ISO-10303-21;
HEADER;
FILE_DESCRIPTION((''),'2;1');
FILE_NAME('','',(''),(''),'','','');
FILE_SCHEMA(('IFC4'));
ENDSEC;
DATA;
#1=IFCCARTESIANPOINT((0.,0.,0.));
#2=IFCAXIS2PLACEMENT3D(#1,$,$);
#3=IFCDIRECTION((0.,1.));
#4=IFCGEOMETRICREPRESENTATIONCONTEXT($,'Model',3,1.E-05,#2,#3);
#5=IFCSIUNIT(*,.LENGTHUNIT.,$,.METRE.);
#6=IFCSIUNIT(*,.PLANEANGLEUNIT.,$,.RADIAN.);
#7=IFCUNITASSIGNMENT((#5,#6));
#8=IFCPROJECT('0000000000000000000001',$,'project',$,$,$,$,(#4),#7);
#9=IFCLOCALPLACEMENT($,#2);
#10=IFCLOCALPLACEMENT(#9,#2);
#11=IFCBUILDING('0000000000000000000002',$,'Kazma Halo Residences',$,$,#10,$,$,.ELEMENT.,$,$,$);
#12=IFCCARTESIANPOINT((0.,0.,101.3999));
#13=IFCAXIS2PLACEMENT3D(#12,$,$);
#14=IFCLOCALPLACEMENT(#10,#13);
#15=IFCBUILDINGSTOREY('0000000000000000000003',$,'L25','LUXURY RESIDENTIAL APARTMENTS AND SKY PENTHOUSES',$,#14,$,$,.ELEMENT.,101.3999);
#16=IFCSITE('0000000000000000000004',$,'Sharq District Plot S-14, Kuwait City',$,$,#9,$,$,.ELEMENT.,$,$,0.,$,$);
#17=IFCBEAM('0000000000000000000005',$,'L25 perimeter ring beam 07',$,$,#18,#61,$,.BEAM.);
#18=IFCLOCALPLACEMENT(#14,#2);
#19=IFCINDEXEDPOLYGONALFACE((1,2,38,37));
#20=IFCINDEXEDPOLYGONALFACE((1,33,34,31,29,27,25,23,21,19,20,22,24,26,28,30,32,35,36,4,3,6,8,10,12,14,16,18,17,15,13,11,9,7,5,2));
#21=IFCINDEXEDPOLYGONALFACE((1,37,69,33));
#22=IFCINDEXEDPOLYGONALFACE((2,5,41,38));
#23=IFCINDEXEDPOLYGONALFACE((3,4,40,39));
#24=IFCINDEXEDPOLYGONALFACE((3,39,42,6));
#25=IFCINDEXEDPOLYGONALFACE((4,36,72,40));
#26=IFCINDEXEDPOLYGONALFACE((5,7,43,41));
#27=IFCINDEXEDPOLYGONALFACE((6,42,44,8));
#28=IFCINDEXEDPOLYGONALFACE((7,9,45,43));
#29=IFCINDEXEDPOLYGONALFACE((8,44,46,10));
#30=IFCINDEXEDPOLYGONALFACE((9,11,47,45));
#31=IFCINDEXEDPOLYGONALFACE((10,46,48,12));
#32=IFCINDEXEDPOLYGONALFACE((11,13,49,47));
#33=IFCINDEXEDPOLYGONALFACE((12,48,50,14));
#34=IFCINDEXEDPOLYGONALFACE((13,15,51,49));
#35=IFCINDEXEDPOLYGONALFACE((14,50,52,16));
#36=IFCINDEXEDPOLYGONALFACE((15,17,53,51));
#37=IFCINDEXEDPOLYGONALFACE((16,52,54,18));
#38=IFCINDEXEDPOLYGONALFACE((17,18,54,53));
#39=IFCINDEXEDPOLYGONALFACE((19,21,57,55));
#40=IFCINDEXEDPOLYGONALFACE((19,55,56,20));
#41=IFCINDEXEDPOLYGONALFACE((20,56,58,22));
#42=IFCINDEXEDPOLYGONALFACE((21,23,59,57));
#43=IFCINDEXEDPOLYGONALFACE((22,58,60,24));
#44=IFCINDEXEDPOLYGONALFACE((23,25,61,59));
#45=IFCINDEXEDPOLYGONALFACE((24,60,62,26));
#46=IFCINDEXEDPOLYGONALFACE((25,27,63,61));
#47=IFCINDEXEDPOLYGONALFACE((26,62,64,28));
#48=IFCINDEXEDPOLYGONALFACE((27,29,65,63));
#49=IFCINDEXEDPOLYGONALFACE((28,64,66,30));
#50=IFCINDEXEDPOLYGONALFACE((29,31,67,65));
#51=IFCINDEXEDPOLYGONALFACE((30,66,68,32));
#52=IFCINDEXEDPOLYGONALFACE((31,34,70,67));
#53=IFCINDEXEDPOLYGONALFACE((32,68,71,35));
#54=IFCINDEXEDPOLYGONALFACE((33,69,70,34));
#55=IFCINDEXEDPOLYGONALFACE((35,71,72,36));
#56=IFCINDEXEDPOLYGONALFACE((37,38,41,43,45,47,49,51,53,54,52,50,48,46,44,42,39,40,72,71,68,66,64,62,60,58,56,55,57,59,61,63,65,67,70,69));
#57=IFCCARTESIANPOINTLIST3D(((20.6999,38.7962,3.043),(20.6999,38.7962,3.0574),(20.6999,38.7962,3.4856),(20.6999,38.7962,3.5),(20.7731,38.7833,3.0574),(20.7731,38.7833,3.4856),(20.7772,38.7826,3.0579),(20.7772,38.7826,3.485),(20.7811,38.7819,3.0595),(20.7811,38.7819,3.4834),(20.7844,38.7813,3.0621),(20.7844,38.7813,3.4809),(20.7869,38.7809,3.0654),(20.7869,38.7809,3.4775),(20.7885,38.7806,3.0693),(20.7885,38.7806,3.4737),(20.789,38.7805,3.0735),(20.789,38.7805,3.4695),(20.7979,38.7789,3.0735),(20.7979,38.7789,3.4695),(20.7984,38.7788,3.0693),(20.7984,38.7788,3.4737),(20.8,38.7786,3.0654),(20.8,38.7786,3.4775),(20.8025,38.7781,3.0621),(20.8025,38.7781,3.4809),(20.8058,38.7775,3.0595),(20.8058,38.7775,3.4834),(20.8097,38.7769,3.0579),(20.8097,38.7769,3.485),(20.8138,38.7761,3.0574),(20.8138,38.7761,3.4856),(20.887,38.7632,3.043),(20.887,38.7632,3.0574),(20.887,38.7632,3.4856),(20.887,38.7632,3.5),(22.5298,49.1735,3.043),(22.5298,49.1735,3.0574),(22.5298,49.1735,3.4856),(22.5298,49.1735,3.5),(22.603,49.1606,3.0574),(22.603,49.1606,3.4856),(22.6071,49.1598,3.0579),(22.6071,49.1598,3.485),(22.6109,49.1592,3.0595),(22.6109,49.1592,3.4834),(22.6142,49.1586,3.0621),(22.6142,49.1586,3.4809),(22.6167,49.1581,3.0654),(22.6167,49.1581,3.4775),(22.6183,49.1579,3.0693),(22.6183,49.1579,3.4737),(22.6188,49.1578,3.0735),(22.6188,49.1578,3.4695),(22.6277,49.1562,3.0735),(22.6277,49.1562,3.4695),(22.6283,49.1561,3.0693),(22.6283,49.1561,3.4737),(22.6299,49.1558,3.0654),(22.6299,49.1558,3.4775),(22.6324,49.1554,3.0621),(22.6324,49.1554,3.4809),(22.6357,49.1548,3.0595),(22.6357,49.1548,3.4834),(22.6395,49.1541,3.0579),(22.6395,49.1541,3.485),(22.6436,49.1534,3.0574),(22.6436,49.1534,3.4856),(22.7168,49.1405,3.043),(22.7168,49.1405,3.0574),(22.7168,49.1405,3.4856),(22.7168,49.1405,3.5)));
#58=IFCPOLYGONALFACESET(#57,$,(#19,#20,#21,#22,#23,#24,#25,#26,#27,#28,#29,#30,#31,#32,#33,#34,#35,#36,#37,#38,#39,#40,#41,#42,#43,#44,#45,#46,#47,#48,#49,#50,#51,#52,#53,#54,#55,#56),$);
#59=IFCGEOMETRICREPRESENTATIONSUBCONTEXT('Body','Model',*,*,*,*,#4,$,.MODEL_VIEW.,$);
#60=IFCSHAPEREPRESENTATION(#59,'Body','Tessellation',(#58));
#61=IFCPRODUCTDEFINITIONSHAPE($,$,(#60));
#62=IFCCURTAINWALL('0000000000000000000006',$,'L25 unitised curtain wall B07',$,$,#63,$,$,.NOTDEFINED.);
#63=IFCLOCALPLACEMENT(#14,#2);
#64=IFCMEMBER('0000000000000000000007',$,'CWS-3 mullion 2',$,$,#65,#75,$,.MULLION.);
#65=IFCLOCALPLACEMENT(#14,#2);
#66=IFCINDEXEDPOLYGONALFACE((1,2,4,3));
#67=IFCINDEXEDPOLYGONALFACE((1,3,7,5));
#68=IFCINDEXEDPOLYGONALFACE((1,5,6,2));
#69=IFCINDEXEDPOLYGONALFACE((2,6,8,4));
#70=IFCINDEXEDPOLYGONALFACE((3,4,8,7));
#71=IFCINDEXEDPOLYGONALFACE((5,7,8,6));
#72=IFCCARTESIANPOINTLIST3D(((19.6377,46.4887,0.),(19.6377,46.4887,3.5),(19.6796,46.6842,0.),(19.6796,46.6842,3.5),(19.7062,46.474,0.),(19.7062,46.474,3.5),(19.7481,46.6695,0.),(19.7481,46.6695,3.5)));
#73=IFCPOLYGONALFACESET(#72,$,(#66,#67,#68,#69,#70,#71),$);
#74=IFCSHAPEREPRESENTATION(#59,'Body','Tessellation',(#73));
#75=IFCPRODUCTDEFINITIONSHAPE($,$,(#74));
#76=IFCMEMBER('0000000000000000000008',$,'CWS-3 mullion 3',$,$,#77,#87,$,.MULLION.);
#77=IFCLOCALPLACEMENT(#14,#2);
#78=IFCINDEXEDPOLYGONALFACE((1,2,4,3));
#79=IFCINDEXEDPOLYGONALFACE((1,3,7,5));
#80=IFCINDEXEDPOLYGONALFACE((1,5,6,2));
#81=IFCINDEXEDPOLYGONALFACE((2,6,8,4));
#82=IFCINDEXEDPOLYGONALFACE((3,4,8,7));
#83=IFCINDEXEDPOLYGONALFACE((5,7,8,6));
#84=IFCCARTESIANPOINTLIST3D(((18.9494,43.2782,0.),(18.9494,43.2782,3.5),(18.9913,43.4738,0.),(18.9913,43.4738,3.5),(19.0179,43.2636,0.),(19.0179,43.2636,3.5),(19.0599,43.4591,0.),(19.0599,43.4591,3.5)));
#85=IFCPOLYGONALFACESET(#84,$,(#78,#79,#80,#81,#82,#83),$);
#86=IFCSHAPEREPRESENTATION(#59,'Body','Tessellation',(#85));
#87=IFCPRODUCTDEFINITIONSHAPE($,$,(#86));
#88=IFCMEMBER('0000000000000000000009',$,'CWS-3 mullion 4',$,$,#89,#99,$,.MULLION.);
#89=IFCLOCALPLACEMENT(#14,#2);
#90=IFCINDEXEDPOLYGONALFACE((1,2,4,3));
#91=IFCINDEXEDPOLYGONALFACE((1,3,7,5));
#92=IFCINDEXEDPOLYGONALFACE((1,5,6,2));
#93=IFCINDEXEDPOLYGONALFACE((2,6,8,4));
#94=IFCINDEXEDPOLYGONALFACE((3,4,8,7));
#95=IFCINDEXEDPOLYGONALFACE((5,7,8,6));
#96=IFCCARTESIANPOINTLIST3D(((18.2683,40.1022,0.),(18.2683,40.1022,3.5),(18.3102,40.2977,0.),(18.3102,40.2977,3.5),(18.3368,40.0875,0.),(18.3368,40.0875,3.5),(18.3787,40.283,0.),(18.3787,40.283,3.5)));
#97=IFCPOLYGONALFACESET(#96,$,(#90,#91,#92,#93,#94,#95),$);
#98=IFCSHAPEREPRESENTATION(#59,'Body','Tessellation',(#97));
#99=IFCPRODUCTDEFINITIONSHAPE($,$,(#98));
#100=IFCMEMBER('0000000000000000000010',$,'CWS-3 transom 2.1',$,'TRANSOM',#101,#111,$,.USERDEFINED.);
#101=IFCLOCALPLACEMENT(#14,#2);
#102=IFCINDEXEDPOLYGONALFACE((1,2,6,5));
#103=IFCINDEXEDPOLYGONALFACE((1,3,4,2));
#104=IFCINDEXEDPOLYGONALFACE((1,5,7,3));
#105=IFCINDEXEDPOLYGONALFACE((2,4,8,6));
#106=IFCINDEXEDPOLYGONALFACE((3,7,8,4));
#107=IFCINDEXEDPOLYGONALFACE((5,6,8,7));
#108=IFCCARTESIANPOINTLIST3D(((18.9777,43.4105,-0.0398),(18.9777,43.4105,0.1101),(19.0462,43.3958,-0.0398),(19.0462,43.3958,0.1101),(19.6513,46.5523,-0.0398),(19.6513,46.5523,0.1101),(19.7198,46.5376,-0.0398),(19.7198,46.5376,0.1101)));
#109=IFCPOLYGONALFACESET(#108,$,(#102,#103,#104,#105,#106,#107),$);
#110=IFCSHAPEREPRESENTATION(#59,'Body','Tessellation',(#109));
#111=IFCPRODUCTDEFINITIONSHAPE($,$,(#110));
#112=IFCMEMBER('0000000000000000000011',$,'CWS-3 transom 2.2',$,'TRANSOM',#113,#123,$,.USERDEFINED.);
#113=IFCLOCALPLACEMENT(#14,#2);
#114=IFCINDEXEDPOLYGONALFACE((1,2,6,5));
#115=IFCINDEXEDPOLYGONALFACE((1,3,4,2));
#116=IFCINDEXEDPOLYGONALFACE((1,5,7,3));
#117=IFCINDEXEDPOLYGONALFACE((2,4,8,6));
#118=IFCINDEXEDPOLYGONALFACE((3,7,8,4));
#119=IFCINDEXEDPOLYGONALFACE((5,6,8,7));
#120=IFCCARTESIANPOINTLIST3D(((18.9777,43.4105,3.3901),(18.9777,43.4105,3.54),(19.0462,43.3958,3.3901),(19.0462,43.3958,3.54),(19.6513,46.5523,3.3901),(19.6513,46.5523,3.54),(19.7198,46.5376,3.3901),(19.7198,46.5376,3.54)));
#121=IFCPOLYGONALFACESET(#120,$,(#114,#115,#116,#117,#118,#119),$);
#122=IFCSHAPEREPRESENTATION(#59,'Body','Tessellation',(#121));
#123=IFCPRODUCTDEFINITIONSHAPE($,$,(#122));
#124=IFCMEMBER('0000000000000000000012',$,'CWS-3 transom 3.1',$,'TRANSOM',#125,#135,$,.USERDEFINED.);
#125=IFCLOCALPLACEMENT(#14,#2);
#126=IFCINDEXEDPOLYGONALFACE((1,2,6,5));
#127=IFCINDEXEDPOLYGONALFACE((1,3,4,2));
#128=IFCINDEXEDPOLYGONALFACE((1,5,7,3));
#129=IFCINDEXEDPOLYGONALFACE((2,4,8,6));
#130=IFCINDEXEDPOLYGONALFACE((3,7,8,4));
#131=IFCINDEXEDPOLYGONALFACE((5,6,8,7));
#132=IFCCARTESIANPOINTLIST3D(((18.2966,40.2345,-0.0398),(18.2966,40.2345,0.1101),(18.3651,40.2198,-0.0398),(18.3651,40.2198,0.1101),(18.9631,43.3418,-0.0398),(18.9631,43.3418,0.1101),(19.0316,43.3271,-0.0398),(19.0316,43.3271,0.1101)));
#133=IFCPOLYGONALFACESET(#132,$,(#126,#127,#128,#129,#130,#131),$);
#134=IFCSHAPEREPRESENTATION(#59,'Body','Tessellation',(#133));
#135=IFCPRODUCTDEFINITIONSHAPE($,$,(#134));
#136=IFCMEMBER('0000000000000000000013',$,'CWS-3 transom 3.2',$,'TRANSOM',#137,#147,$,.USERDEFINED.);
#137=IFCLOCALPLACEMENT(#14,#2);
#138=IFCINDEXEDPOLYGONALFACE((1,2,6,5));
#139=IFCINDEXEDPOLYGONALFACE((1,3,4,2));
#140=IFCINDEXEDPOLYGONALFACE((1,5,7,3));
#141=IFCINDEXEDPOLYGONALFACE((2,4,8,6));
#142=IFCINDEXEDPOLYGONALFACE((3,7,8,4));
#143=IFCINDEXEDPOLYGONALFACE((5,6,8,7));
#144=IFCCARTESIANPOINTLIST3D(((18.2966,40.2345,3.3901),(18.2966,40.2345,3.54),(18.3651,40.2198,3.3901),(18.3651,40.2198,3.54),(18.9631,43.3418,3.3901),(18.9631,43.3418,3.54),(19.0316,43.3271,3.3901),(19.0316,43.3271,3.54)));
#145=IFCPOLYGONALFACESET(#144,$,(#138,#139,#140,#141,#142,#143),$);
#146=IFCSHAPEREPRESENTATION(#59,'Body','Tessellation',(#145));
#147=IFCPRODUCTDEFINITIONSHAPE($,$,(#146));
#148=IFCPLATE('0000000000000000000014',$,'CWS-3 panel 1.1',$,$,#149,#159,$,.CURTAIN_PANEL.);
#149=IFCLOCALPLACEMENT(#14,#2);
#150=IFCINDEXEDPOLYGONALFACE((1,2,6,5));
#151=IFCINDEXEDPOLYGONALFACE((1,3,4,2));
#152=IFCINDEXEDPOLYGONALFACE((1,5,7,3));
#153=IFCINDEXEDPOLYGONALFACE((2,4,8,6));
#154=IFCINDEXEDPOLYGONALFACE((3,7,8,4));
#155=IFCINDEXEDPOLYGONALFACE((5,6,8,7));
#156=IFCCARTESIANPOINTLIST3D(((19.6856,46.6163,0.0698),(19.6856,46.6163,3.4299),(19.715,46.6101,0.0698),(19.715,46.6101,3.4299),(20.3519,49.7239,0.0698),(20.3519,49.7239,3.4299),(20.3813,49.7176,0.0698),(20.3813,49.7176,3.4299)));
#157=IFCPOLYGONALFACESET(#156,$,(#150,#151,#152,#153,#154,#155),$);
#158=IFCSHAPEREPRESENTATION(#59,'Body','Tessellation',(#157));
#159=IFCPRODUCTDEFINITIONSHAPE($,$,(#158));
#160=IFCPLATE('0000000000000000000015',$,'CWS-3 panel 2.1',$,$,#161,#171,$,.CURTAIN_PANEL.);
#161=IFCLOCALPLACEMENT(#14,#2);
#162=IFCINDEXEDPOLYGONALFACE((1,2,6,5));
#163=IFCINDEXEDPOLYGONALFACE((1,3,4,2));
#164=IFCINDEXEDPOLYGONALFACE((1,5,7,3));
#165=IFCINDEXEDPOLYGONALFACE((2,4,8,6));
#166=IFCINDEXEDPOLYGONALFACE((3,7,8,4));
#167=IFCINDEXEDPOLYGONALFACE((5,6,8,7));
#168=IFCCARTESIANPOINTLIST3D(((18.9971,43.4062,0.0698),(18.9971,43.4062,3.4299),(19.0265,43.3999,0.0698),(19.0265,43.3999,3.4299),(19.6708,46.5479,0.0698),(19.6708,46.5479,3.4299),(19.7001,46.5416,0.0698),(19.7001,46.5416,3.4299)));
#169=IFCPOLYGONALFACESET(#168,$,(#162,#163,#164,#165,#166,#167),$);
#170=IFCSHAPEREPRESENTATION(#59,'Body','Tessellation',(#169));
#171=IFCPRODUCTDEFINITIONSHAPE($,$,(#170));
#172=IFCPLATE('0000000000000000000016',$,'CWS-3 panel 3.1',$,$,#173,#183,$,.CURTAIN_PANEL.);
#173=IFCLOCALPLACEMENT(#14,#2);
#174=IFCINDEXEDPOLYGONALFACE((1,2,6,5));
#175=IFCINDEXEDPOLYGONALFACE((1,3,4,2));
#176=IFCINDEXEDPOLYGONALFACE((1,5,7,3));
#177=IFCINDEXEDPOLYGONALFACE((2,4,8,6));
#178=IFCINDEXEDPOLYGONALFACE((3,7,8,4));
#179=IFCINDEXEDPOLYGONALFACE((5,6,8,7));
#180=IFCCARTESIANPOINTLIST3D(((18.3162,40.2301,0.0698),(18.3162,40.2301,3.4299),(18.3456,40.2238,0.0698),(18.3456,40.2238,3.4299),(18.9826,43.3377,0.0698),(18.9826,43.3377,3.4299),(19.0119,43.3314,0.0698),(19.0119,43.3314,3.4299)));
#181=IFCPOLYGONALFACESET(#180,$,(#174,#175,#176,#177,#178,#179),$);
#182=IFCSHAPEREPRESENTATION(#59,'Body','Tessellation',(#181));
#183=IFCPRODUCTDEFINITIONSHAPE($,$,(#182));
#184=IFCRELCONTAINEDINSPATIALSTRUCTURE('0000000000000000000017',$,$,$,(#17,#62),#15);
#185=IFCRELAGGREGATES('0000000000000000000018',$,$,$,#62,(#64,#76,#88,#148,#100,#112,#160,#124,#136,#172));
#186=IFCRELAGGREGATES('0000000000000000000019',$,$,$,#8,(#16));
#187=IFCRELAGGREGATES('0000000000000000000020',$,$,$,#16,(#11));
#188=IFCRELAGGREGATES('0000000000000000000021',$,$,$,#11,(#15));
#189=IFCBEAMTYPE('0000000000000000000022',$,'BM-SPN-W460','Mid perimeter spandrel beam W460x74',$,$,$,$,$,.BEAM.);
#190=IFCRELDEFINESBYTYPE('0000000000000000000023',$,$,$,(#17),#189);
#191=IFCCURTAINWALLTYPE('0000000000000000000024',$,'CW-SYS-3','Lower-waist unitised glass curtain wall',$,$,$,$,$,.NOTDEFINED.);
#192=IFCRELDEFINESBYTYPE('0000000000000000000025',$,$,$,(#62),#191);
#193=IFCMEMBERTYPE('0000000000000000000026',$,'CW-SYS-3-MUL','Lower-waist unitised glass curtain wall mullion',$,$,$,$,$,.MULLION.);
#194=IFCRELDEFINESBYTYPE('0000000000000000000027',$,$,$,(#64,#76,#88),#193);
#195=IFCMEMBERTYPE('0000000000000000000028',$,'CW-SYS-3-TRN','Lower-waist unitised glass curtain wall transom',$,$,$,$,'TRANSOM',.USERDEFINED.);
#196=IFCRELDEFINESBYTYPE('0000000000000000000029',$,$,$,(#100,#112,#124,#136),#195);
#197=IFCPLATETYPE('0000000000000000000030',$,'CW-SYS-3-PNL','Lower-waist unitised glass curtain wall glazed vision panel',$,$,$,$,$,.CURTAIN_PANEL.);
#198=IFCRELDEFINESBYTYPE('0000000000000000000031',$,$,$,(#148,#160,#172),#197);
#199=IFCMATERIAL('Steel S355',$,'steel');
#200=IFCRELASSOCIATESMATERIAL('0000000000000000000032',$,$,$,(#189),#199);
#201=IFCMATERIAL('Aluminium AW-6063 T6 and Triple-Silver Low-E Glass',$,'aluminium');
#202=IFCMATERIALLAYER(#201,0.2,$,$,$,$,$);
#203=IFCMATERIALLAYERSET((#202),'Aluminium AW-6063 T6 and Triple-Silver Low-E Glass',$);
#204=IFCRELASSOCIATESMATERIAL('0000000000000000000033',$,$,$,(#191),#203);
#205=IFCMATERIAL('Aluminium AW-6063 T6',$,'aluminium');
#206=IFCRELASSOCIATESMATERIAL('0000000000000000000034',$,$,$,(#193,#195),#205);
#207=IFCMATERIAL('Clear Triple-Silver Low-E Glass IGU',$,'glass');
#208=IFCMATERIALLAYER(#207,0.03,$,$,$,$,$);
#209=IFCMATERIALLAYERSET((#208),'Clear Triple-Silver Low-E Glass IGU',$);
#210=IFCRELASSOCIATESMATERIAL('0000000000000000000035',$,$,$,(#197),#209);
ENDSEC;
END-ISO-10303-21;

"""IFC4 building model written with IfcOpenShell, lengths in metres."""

from ifc_helpers import new_model, si_unit, direction, frame, origin, origin_2d, place, context, subcontext, project, spatial, rectangle, i_section, extrude, material, layer, layer_set, material_profile, profile_set, type_object, element, aggregate, save


model = new_model("IFC4")

# Units and contexts
model_context = context("Model", 3, precision=1e-05, world=origin(), true_north=direction((0.0, 1.0)))
body_context = subcontext(model_context, "Body", "Model", "MODEL_VIEW")
ifc_project = project(units=[si_unit("LENGTHUNIT", "METRE"), si_unit("PLANEANGLEUNIT", "RADIAN")], contexts=[model_context])

# Site, building, storey
site_placement = place(None, origin())
site = spatial("IfcSite", under=ifc_project, at=site_placement, Name="Sharq District Plot S-14, Kuwait City", CompositionType="ELEMENT", RefElevation=0.0)
building_placement = place(site_placement, origin())
building = spatial("IfcBuilding", under=site, at=building_placement, Name="Kazma Halo Residences", CompositionType="ELEMENT")
storey_placement = place(building_placement, frame((0.0, 0.0, 101.3999)))
storey = spatial("IfcBuildingStorey", under=building, at=storey_placement, Name="L25", Description="LUXURY RESIDENTIAL APARTMENTS AND SKY PENTHOUSES", CompositionType="ELEMENT", Elevation=101.3999)

# Beam
ifc_material_1 = material(Name="Steel S355", Category="steel")
ifc_material_profile_1 = material_profile(ifc_material_1, i_section(OverallWidth=0.1899, OverallDepth=0.457, WebThickness=0.009, FlangeThickness=0.0144, FilletRadius=0.0161, at=origin_2d()), Name="W460x74")
ifc_profile_set_1 = profile_set([ifc_material_profile_1], Name="Steel S355")
beam_type_1 = type_object("IfcBeamType", Name="BM-SPN-W460", Description="Mid perimeter spandrel beam W460x74", PredefinedType="BEAM", material=ifc_profile_set_1)
beam_1_placement = place(storey_placement, frame((22.6233, 49.157, 3.2715), z_axis=(-0.173653, -0.984807, 0.0), x_axis=(0.984807, -0.173653, 0.0)))
element("IfcBeam", 1, at=beam_1_placement, inside=storey, type_object=beam_type_1, Name="L25 perimeter ring beam 07", PredefinedType="BEAM", context=body_context, shape_type="SweptSolid", body=[
    extrude(i_section(OverallWidth=0.1899, OverallDepth=0.457, WebThickness=0.009, FlangeThickness=0.0144, FilletRadius=0.0161, at=origin_2d()), origin(), (0.0, 0.0, 1.0), 10.5374),
])

# Curtain wall, members, plates
ifc_material_2 = material(Name="Aluminium AW-6063 T6 and Triple-Silver Low-E Glass", Category="aluminium")
ifc_layer_1 = layer(ifc_material_2, 0.2)
ifc_layer_set_1 = layer_set([ifc_layer_1], Name="Aluminium AW-6063 T6 and Triple-Silver Low-E Glass")
curtain_wall_type = type_object("IfcCurtainWallType", Name="CW-SYS-3", Description="Lower-waist unitised glass curtain wall", PredefinedType="NOTDEFINED", material=ifc_layer_set_1)
curtain_wall_placement = place(storey_placement, origin())
curtain_wall = element("IfcCurtainWall", 2, at=curtain_wall_placement, inside=storey, type_object=curtain_wall_type, Name="L25 unitised curtain wall B07", PredefinedType="NOTDEFINED")
ifc_material_3 = material(Name="Aluminium AW-6063 T6", Category="aluminium")
ifc_material_profile_2 = material_profile(ifc_material_3, rectangle(XDim=0.0701, YDim=0.2, at=origin_2d()), Name="CWM-70x200")
ifc_profile_set_2 = profile_set([ifc_material_profile_2], Name="Aluminium AW-6063 T6")
member_type_1 = type_object("IfcMemberType", Name="CW-SYS-3-MUL", Description="Lower-waist unitised glass curtain wall mullion", PredefinedType="MULLION", material=ifc_profile_set_2)
member_1_placement = place(storey_placement, frame((19.6929, 46.5791, 0.0), z_axis=(0.0, 0.0, 1.0), x_axis=(0.977774, -0.209661, 0.0)))
member_1 = element("IfcMember", 3, at=member_1_placement, type_object=member_type_1, Name="CWS-3 mullion 2", PredefinedType="MULLION", context=body_context, shape_type="SweptSolid", body=[
    extrude(rectangle(XDim=0.0701, YDim=0.2, at=origin_2d()), origin(), (0.0, 0.0, 1.0), 3.5),
])
member_2_placement = place(storey_placement, frame((19.0046, 43.3687, 0.0), z_axis=(0.0, 0.0, 1.0), x_axis=(0.977774, -0.209661, 0.0)))
member_2 = element("IfcMember", 4, at=member_2_placement, type_object=member_type_1, Name="CWS-3 mullion 3", PredefinedType="MULLION", context=body_context, shape_type="SweptSolid", body=[
    extrude(rectangle(XDim=0.0701, YDim=0.2, at=origin_2d()), origin(), (0.0, 0.0, 1.0), 3.5),
])
member_3_placement = place(storey_placement, frame((18.3235, 40.1926, 0.0), z_axis=(0.0, 0.0, 1.0), x_axis=(0.977774, -0.209661, 0.0)))
member_3 = element("IfcMember", 5, at=member_3_placement, type_object=member_type_1, Name="CWS-3 mullion 4", PredefinedType="MULLION", context=body_context, shape_type="SweptSolid", body=[
    extrude(rectangle(XDim=0.0701, YDim=0.2, at=origin_2d()), origin(), (0.0, 0.0, 1.0), 3.5),
])
ifc_material_profile_3 = material_profile(ifc_material_3, rectangle(XDim=0.0701, YDim=0.1499, at=origin_2d()), Name="CWT-70x150")
ifc_profile_set_3 = profile_set([ifc_material_profile_3], Name="Aluminium AW-6063 T6")
member_type_2 = type_object("IfcMemberType", Name="CW-SYS-3-TRN", Description="Lower-waist unitised glass curtain wall transom", ElementType="TRANSOM", PredefinedType="USERDEFINED", material=ifc_profile_set_3)
member_4_placement = place(storey_placement, frame((19.6855, 46.5449, 0.0352), z_axis=(-0.209628, -0.977781, 0.0), x_axis=(0.977781, -0.209628, 0.0)))
member_4 = element("IfcMember", 6, at=member_4_placement, type_object=member_type_2, Name="CWS-3 transom 2.1", ObjectType="TRANSOM", PredefinedType="USERDEFINED", context=body_context, shape_type="SweptSolid", body=[
    extrude(rectangle(XDim=0.0701, YDim=0.1499, at=origin_2d()), origin(), (0.0, 0.0, 1.0), 3.2131),
])
member_5_placement = place(storey_placement, frame((19.6855, 46.5449, 3.4651), z_axis=(-0.209628, -0.977781, 0.0), x_axis=(0.977781, -0.209628, 0.0)))
member_5 = element("IfcMember", 7, at=member_5_placement, type_object=member_type_2, Name="CWS-3 transom 2.2", ObjectType="TRANSOM", PredefinedType="USERDEFINED", context=body_context, shape_type="SweptSolid", body=[
    extrude(rectangle(XDim=0.0701, YDim=0.1499, at=origin_2d()), origin(), (0.0, 0.0, 1.0), 3.2131),
])
member_6_placement = place(storey_placement, frame((18.9973, 43.3345, 0.0352), z_axis=(-0.209718, -0.977762, 0.0), x_axis=(0.977762, -0.209718, 0.0)))
member_6 = element("IfcMember", 8, at=member_6_placement, type_object=member_type_2, Name="CWS-3 transom 3.1", ObjectType="TRANSOM", PredefinedType="USERDEFINED", context=body_context, shape_type="SweptSolid", body=[
    extrude(rectangle(XDim=0.0701, YDim=0.1499, at=origin_2d()), origin(), (0.0, 0.0, 1.0), 3.178),
])
member_7_placement = place(storey_placement, frame((18.9973, 43.3345, 3.4651), z_axis=(-0.209718, -0.977762, 0.0), x_axis=(0.977762, -0.209718, 0.0)))
member_7 = element("IfcMember", 9, at=member_7_placement, type_object=member_type_2, Name="CWS-3 transom 3.2", ObjectType="TRANSOM", PredefinedType="USERDEFINED", context=body_context, shape_type="SweptSolid", body=[
    extrude(rectangle(XDim=0.0701, YDim=0.1499, at=origin_2d()), origin(), (0.0, 0.0, 1.0), 3.178),
])
ifc_material_4 = material(Name="Clear Triple-Silver Low-E Glass IGU", Category="glass")
ifc_layer_2 = layer(ifc_material_4, 0.03)
ifc_layer_set_2 = layer_set([ifc_layer_2], Name="Clear Triple-Silver Low-E Glass IGU")
plate_type = type_object("IfcPlateType", Name="CW-SYS-3-PNL", Description="Lower-waist unitised glass curtain wall glazed vision panel", PredefinedType="CURTAIN_PANEL", material=ifc_layer_set_2)
plate_1_placement = place(storey_placement, frame((20.0334, 48.167, 0.0698), z_axis=(0.0, 0.0, 1.0), x_axis=(-0.209661, -0.977774, 0.0)))
plate_1 = element("IfcPlate", 10, at=plate_1_placement, type_object=plate_type, Name="CWS-3 panel 1.1", PredefinedType="CURTAIN_PANEL", context=body_context, shape_type="SweptSolid", body=[
    extrude(rectangle(XDim=3.1782, YDim=0.03, at=origin_2d()), origin(), (0.0, 0.0, 1.0), 3.3601),
])
plate_2_placement = place(storey_placement, frame((19.3486, 44.9739, 0.0698), z_axis=(0.0, 0.0, 1.0), x_axis=(-0.209661, -0.977774, 0.0)))
plate_2 = element("IfcPlate", 11, at=plate_2_placement, type_object=plate_type, Name="CWS-3 panel 2.1", PredefinedType="CURTAIN_PANEL", context=body_context, shape_type="SweptSolid", body=[
    extrude(rectangle(XDim=3.2131, YDim=0.03, at=origin_2d()), origin(), (0.0, 0.0, 1.0), 3.3601),
])
plate_3_placement = place(storey_placement, frame((18.6641, 41.7808, 0.0698), z_axis=(0.0, 0.0, 1.0), x_axis=(-0.209661, -0.977774, 0.0)))
plate_3 = element("IfcPlate", 12, at=plate_3_placement, type_object=plate_type, Name="CWS-3 panel 3.1", PredefinedType="CURTAIN_PANEL", context=body_context, shape_type="SweptSolid", body=[
    extrude(rectangle(XDim=3.1782, YDim=0.03, at=origin_2d()), origin(), (0.0, 0.0, 1.0), 3.3601),
])
aggregate(curtain_wall, [member_1, member_2, member_3, plate_1, member_4, member_5, plate_2, member_6, member_7, plate_3])

save(model, "model.ifc")
